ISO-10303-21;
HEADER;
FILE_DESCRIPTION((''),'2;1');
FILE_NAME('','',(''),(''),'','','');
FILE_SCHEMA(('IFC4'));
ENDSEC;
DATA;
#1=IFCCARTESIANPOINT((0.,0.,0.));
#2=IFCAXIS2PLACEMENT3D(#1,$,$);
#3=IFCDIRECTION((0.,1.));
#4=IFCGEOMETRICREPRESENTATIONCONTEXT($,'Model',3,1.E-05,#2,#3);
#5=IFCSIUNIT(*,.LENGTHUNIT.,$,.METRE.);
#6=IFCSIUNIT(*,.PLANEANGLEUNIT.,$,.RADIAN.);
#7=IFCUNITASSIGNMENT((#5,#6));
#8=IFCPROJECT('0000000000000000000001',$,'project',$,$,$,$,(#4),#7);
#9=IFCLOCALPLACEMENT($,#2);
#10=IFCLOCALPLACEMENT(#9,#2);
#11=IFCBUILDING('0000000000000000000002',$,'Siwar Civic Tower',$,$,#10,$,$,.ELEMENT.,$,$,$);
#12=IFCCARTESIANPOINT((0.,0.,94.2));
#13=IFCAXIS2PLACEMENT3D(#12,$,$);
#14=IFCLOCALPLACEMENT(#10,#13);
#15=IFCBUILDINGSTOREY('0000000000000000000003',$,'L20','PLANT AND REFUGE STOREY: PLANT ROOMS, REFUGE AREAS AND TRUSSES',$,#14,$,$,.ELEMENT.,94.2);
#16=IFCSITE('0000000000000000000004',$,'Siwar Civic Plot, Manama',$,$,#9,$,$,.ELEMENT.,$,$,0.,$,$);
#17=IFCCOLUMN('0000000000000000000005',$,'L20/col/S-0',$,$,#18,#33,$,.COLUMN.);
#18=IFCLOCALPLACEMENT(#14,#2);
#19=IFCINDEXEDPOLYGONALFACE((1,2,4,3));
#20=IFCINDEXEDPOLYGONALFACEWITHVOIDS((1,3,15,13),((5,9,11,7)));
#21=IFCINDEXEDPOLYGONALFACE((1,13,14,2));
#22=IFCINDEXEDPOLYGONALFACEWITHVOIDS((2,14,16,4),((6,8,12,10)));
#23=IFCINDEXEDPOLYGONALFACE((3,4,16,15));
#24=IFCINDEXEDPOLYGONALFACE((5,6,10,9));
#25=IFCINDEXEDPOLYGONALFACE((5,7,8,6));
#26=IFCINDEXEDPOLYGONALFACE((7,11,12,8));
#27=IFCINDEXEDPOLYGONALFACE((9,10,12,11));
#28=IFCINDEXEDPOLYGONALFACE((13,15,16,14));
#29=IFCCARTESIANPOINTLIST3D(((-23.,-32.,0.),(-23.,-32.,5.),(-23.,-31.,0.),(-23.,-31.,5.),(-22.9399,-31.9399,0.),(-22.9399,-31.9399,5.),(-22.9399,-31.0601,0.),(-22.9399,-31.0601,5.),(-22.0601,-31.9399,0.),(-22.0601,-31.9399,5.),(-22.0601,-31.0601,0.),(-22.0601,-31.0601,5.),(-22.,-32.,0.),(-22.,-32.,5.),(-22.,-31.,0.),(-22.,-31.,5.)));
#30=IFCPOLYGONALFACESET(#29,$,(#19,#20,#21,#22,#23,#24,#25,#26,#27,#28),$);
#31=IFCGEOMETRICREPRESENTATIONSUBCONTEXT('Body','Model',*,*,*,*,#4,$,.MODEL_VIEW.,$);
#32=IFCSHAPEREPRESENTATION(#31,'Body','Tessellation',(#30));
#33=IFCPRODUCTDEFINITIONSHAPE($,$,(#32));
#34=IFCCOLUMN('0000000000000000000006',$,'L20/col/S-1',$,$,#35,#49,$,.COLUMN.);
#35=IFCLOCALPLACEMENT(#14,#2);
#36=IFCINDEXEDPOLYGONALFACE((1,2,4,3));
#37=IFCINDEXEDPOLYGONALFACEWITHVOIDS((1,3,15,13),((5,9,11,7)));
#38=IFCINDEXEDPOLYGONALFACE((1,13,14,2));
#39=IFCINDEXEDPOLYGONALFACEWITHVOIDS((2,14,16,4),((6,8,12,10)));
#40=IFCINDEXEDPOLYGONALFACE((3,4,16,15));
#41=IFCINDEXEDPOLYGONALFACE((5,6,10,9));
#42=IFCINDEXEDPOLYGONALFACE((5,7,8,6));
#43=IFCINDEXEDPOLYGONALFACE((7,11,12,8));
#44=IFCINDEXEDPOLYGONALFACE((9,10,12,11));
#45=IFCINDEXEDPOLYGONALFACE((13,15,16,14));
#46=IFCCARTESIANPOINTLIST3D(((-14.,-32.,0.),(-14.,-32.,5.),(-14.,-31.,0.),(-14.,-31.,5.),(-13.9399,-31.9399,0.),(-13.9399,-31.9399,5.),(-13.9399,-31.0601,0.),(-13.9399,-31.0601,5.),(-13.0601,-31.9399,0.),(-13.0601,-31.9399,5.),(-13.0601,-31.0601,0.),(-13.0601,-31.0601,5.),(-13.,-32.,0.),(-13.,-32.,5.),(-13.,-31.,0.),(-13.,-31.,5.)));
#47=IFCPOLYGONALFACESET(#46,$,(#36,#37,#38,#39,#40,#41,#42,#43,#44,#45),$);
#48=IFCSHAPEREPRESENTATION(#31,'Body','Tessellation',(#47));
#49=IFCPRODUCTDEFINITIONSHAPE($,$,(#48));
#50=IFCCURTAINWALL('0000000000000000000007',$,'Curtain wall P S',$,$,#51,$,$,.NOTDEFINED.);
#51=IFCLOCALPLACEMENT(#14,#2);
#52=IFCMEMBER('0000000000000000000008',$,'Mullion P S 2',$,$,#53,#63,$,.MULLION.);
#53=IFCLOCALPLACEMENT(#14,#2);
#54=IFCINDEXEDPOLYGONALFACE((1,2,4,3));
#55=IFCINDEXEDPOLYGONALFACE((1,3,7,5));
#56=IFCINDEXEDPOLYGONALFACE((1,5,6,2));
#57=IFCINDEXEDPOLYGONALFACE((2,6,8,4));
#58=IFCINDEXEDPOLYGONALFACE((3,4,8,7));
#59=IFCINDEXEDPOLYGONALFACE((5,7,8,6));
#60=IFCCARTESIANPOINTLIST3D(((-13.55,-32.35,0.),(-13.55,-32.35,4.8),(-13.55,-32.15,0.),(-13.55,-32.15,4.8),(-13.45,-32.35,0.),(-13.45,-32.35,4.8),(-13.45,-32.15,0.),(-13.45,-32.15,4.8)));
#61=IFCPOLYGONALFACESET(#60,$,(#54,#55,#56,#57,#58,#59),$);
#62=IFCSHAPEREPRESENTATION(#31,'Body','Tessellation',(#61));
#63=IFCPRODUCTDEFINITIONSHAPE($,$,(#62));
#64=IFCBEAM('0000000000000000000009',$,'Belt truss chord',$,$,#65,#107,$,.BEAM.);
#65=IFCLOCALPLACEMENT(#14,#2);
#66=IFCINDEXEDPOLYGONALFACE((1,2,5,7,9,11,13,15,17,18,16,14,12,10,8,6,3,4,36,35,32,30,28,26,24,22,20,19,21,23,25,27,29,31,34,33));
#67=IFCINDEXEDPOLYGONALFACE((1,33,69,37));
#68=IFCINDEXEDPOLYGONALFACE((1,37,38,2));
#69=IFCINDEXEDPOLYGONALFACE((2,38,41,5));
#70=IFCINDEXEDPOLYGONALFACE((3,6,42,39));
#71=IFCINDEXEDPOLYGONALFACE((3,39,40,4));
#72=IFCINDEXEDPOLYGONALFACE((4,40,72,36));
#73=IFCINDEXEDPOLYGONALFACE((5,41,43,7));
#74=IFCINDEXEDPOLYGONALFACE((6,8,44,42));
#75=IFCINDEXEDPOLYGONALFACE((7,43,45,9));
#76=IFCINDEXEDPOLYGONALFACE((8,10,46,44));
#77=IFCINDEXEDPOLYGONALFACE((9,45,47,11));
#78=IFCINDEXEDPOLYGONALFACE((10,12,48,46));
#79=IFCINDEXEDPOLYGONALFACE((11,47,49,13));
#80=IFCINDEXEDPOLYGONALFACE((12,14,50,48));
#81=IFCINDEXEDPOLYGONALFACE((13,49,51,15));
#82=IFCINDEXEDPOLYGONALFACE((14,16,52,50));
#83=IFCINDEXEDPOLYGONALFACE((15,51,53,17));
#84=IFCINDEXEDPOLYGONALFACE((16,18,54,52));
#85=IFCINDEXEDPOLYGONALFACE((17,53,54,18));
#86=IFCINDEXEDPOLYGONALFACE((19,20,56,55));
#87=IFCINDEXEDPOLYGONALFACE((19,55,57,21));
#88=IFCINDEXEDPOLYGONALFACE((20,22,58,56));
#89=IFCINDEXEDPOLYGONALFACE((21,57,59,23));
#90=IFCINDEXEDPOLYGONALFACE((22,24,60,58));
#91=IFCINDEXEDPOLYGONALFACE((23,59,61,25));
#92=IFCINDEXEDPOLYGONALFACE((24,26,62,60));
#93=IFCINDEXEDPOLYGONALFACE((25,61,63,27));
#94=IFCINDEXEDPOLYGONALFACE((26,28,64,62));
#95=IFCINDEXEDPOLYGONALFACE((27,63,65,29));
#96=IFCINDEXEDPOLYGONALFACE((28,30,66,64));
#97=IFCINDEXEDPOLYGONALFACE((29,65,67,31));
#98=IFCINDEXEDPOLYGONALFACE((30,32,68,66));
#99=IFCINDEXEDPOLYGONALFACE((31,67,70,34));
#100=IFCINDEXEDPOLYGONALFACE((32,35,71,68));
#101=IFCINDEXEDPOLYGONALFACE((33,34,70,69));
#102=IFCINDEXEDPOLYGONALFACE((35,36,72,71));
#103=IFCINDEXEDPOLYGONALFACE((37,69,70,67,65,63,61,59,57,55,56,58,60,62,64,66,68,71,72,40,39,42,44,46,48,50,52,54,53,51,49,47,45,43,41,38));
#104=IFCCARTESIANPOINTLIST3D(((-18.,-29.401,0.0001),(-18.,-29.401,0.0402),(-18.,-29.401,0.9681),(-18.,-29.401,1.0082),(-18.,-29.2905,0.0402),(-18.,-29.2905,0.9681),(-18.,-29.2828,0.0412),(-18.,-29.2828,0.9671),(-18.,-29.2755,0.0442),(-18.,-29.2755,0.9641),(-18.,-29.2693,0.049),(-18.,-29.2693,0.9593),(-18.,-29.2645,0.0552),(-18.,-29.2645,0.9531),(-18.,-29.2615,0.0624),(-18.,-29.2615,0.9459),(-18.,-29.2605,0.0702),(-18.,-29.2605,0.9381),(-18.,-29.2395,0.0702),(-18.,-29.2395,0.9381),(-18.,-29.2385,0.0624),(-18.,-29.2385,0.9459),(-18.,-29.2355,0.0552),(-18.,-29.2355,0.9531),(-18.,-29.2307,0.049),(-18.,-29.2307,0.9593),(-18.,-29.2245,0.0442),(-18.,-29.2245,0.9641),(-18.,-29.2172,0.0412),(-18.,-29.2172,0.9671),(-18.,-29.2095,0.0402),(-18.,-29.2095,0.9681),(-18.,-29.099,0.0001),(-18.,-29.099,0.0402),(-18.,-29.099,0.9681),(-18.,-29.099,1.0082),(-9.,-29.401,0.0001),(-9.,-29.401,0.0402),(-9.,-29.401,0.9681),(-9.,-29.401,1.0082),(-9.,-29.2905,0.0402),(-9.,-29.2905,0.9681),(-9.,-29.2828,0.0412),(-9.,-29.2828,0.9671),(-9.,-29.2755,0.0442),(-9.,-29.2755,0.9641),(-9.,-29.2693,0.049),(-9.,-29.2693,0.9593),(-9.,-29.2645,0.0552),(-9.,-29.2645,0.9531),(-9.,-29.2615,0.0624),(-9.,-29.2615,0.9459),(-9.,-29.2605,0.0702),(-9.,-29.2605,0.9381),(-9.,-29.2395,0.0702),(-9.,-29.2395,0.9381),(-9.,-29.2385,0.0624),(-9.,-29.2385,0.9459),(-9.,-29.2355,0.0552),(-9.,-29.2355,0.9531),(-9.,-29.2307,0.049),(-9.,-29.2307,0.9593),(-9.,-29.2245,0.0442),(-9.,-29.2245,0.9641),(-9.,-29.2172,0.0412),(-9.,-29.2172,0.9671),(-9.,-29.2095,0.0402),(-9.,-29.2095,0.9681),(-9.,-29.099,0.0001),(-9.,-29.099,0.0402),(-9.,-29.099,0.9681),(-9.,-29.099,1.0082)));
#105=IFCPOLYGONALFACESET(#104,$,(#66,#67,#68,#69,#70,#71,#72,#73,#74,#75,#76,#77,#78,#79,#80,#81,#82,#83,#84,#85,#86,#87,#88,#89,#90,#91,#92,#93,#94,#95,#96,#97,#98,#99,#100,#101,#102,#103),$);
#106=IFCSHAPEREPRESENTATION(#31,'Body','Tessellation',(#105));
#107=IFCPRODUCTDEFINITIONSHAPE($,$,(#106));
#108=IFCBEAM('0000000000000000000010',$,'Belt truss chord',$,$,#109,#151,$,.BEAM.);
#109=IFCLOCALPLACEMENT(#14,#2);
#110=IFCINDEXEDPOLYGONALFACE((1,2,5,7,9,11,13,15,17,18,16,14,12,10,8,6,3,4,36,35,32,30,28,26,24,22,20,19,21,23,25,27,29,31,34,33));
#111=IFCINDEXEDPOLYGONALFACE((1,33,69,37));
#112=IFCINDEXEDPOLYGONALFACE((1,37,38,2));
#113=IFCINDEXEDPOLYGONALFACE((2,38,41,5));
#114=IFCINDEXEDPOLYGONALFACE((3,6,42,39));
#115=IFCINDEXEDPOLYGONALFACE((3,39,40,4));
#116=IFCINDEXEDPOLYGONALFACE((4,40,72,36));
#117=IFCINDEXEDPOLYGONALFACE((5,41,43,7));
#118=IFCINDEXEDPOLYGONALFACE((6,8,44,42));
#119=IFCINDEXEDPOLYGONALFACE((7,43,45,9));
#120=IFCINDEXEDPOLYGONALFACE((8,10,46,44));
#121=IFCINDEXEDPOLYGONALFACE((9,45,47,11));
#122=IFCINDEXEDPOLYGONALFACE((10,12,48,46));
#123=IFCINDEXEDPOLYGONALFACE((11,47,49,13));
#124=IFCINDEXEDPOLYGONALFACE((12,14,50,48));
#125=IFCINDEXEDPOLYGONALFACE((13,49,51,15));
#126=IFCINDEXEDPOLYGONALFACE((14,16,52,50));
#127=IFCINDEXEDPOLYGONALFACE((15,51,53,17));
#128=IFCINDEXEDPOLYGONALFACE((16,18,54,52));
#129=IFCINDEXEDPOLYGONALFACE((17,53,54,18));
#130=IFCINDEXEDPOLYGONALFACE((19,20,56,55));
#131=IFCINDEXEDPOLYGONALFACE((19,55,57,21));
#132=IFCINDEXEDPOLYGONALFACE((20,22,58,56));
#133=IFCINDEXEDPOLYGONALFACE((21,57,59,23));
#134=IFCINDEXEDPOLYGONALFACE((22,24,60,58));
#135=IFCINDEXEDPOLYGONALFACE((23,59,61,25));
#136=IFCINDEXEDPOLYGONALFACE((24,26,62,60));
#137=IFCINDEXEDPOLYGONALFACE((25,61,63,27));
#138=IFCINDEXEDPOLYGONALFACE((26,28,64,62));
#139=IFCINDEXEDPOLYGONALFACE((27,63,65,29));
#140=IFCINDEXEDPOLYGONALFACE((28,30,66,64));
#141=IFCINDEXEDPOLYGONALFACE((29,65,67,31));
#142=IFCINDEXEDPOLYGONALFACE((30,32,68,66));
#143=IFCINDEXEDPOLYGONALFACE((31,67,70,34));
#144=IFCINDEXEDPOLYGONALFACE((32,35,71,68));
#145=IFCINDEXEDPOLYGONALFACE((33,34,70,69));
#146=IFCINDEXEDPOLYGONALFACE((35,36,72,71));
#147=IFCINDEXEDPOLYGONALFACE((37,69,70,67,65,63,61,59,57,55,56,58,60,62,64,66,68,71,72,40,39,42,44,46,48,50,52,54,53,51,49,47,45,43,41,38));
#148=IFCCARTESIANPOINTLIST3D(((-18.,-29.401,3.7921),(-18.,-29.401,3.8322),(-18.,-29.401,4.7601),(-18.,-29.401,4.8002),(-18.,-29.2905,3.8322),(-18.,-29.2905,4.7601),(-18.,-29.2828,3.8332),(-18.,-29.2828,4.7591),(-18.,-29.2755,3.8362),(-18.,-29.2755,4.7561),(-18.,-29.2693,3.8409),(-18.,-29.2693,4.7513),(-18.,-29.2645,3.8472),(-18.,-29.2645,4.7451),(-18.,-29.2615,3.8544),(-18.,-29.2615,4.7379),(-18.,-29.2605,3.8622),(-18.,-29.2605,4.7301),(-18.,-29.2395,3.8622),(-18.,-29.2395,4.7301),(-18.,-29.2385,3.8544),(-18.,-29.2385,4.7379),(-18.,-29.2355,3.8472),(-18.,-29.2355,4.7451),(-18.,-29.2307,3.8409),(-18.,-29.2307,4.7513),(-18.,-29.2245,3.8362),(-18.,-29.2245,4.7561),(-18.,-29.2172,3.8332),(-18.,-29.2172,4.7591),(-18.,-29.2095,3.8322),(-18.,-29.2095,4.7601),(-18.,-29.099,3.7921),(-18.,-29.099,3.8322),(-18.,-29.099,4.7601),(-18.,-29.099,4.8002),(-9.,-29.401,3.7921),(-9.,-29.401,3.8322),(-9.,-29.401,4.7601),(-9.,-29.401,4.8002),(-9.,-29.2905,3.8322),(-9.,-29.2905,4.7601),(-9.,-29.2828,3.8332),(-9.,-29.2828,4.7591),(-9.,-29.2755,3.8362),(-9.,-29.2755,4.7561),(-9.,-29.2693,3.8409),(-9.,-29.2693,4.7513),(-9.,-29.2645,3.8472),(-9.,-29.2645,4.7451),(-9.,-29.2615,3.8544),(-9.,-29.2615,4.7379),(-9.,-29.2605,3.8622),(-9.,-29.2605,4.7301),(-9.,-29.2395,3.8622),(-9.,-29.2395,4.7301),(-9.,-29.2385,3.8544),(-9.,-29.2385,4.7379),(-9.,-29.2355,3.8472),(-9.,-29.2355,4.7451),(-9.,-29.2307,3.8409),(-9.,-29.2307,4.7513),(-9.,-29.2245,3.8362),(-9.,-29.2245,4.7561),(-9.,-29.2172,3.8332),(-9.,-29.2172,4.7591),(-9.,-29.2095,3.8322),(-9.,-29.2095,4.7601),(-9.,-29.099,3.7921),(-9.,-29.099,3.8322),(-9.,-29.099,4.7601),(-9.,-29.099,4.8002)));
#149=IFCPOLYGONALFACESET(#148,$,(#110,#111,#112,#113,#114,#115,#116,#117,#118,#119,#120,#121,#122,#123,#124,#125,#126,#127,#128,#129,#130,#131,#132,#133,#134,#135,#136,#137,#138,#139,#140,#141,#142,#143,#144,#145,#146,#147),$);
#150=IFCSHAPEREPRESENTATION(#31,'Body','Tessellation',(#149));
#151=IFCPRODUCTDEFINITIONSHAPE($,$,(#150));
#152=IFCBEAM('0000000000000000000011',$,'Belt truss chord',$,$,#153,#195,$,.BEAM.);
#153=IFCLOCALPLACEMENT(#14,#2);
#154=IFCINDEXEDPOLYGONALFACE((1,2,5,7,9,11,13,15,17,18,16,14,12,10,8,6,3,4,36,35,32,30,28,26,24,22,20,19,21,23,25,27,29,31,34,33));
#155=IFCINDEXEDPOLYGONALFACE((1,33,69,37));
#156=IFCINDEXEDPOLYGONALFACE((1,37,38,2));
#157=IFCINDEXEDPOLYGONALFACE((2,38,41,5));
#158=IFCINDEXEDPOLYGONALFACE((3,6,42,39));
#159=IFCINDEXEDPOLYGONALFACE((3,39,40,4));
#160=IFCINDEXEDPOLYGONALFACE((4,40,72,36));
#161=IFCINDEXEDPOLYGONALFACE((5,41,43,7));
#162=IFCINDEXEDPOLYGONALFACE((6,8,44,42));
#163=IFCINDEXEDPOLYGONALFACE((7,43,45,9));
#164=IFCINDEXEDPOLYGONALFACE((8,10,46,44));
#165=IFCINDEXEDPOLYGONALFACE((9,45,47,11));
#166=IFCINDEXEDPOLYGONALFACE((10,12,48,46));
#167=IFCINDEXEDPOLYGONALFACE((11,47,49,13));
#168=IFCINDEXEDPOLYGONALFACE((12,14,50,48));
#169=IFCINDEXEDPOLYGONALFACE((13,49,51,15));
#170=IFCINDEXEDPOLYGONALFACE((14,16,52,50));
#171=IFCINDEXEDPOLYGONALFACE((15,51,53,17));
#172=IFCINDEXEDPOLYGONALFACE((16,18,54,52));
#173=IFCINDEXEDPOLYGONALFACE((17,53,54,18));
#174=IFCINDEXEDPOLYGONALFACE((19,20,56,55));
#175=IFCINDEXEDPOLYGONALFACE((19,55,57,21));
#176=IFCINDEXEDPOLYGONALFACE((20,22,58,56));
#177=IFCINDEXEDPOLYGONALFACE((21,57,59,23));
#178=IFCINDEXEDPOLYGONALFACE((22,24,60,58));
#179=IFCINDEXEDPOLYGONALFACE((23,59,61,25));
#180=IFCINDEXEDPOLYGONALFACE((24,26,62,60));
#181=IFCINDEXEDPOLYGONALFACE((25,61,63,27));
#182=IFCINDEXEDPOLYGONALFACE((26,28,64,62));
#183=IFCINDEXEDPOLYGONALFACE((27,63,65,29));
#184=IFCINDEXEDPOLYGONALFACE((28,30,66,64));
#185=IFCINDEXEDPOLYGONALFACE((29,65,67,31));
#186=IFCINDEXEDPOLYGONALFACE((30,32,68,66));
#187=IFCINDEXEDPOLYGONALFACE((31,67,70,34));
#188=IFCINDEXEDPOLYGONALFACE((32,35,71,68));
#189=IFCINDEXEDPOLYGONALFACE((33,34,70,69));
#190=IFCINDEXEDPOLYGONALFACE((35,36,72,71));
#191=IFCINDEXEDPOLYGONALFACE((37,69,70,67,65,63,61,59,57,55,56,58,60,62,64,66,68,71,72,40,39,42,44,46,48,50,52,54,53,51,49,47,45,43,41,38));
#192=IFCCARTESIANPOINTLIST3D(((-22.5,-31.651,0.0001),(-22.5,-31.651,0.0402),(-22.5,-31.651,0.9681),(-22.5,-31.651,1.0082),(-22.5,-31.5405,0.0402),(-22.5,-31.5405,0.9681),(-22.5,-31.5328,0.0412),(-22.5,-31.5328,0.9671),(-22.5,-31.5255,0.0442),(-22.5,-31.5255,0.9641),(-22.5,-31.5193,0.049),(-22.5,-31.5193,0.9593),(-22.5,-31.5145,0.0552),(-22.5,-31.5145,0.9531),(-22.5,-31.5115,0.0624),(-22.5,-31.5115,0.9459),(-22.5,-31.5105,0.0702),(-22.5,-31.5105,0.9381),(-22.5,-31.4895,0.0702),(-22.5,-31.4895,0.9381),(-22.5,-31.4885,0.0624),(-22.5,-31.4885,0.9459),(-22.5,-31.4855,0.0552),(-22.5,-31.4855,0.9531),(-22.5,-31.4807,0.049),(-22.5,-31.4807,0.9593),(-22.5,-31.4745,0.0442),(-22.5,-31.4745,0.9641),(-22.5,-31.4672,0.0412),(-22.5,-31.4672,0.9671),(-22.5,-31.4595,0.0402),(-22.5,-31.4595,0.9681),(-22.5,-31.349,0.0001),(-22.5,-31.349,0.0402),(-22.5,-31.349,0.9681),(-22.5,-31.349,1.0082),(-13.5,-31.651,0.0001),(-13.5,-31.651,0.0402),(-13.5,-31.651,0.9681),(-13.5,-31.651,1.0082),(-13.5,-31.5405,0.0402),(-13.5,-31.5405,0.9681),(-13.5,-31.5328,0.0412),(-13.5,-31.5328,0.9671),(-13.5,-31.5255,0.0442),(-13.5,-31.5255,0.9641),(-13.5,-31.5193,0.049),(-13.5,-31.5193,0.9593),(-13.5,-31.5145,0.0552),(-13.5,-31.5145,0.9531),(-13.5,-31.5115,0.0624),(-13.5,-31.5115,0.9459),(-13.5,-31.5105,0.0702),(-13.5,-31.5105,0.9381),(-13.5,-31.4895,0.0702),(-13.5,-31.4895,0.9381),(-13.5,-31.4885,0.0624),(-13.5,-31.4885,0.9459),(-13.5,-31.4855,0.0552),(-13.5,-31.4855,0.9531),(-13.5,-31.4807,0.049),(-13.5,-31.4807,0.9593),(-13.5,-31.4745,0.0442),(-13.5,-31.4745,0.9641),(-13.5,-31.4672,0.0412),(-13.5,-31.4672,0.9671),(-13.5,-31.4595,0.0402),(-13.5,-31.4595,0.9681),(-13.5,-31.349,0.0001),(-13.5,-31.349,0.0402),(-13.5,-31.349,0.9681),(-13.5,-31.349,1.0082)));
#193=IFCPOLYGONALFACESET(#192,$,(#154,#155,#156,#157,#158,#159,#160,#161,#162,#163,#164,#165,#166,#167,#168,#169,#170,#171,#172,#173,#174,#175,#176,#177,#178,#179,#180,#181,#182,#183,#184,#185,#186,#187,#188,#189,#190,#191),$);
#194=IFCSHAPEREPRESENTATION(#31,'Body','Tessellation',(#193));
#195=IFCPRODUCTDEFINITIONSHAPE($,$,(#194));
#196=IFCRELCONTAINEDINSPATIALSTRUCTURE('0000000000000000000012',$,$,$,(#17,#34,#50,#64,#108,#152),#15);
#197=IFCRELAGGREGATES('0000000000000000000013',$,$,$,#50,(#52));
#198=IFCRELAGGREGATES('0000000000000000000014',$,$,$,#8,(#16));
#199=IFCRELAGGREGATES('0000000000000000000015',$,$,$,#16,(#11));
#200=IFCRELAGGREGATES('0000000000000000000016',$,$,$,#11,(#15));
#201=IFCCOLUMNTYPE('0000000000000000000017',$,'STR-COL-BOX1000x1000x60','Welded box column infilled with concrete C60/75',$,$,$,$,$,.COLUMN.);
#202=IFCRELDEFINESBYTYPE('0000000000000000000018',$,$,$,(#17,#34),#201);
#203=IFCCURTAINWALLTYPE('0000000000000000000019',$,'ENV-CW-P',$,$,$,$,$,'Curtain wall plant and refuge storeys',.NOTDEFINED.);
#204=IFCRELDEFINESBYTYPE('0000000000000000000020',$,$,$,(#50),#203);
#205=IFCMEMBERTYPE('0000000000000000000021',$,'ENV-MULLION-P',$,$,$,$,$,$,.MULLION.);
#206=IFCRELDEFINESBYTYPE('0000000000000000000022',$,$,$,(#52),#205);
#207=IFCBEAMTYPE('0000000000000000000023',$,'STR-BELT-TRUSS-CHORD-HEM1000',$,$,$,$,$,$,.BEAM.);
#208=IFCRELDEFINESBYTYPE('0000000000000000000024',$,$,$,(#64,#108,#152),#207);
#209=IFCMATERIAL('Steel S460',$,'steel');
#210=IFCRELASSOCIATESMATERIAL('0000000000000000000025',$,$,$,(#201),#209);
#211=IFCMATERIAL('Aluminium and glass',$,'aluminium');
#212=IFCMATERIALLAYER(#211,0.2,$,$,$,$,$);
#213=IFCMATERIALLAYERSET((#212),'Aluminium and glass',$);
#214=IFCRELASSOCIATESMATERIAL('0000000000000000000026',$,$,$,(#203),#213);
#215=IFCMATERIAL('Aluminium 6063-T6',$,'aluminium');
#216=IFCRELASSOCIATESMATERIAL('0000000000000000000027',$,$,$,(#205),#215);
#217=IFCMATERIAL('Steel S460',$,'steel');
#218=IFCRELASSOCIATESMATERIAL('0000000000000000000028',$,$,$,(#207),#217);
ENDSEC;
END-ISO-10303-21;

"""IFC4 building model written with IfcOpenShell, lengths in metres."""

from ifc_helpers import new_model, si_unit, direction, frame, origin, origin_2d, place, context, subcontext, project, spatial, rectangle, hollow_rectangle, i_section, extrude, material, layer, layer_set, material_profile, profile_set, type_object, element, aggregate, save


model = new_model("IFC4")

# Units and contexts
model_context = context("Model", 3, precision=1e-05, world=origin(), true_north=direction((0.0, 1.0)))
body_context = subcontext(model_context, "Body", "Model", "MODEL_VIEW")
ifc_project = project(units=[si_unit("LENGTHUNIT", "METRE"), si_unit("PLANEANGLEUNIT", "RADIAN")], contexts=[model_context])

# Site, building, storey
site_placement = place(None, origin())
site = spatial("IfcSite", under=ifc_project, at=site_placement, Name="Siwar Civic Plot, Manama", CompositionType="ELEMENT", RefElevation=0.0)
building_placement = place(site_placement, origin())
building = spatial("IfcBuilding", under=site, at=building_placement, Name="Siwar Civic Tower", CompositionType="ELEMENT")
storey_placement = place(building_placement, frame((0.0, 0.0, 94.2)))
storey = spatial("IfcBuildingStorey", under=building, at=storey_placement, Name="L20", Description="PLANT AND REFUGE STOREY: PLANT ROOMS, REFUGE AREAS AND TRUSSES", CompositionType="ELEMENT", Elevation=94.2)

# Columns
ifc_material_1 = material(Name="Steel S460", Category="steel")
ifc_material_profile_1 = material_profile(ifc_material_1, hollow_rectangle(XDim=1.0, YDim=1.0, WallThickness=0.0601, at=origin_2d()), Name="BOX1000x1000x60")
ifc_profile_set_1 = profile_set([ifc_material_profile_1], Name="Steel S460")
column_type = type_object("IfcColumnType", Name="STR-COL-BOX1000x1000x60", Description="Welded box column infilled with concrete C60/75", PredefinedType="COLUMN", material=ifc_profile_set_1)
for number, where, z_axis, x_axis, name in (
    (1, (-22.5, -31.5, 0.0), (0.0, 0.0, 1.0), (1.0, 0.0, 0.0), "L20/col/S-0"),
    (2, (-13.5, -31.5, 0.0), (0.0, 0.0, 1.0), (1.0, 0.0, 0.0), "L20/col/S-1"),
):
    element("IfcColumn", number, at=place(storey_placement, frame(where, z_axis=z_axis, x_axis=x_axis)), inside=storey, type_object=column_type, Name=name, PredefinedType="COLUMN", context=body_context, shape_type="SweptSolid", body=[
        extrude(hollow_rectangle(XDim=1.0, YDim=1.0, WallThickness=0.0601, at=origin_2d()), origin(), (0.0, 0.0, 1.0), 5.0),
    ])

# Curtain wall, member
ifc_material_2 = material(Name="Aluminium and glass", Category="aluminium")
ifc_layer_1 = layer(ifc_material_2, 0.2)
ifc_layer_set_1 = layer_set([ifc_layer_1], Name="Aluminium and glass")
curtain_wall_type = type_object("IfcCurtainWallType", Name="ENV-CW-P", ElementType="Curtain wall plant and refuge storeys", PredefinedType="NOTDEFINED", material=ifc_layer_set_1)
curtain_wall_placement = place(storey_placement, origin())
curtain_wall = element("IfcCurtainWall", 3, at=curtain_wall_placement, inside=storey, type_object=curtain_wall_type, Name="Curtain wall P S", PredefinedType="NOTDEFINED")
ifc_material_3 = material(Name="Aluminium 6063-T6", Category="aluminium")
ifc_material_profile_2 = material_profile(ifc_material_3, rectangle(XDim=0.2, YDim=0.1001, at=origin_2d()), Name="AL 200x100")
ifc_profile_set_2 = profile_set([ifc_material_profile_2], Name="Aluminium 6063-T6")
member_type_1 = type_object("IfcMemberType", Name="ENV-MULLION-P", PredefinedType="MULLION", material=ifc_profile_set_2)
member_1_placement = place(storey_placement, frame((-13.5, -32.25, 0.0), z_axis=(0.0, 0.0, 1.0), x_axis=(0.0, 1.0, 0.0)))
member_1 = element("IfcMember", 4, at=member_1_placement, type_object=member_type_1, Name="Mullion P S 2", PredefinedType="MULLION", context=body_context, shape_type="SweptSolid", body=[
    extrude(rectangle(XDim=0.2, YDim=0.1001, at=origin_2d()), origin(), (0.0, 0.0, 1.0), 4.8),
])

# Beams
ifc_material_4 = material(Name="Steel S460", Category="steel")
ifc_material_profile_3 = material_profile(ifc_material_4, i_section(OverallWidth=0.302, OverallDepth=1.0081, WebThickness=0.021, FlangeThickness=0.04, FilletRadius=0.03, at=origin_2d()), Name="HEM1000")
ifc_profile_set_3 = profile_set([ifc_material_profile_3], Name="Steel S460")
beam_type_1 = type_object("IfcBeamType", Name="STR-BELT-TRUSS-CHORD-HEM1000", PredefinedType="BEAM", material=ifc_profile_set_3)
for number, where, z_axis, x_axis, name in (
    (5, (-18.0, -29.25, 0.5042), (1.0, 0.0, 0.0), (0.0, 1.0, 0.0), "Belt truss chord"),
    (6, (-18.0, -29.25, 4.2961), (1.0, 0.0, 0.0), (0.0, 1.0, 0.0), "Belt truss chord"),
    (7, (-22.5, -31.5, 0.5042), (1.0, 0.0, 0.0), (0.0, 1.0, 0.0), "Belt truss chord"),
):
    element("IfcBeam", number, at=place(storey_placement, frame(where, z_axis=z_axis, x_axis=x_axis)), inside=storey, type_object=beam_type_1, Name=name, PredefinedType="BEAM", context=body_context, shape_type="SweptSolid", body=[
        extrude(i_section(OverallWidth=0.302, OverallDepth=1.0081, WebThickness=0.021, FlangeThickness=0.04, FilletRadius=0.03, at=origin_2d()), origin(), (0.0, 0.0, 1.0), 9.0),
    ])

aggregate(curtain_wall, [member_1])

save(model, "model.ifc")
